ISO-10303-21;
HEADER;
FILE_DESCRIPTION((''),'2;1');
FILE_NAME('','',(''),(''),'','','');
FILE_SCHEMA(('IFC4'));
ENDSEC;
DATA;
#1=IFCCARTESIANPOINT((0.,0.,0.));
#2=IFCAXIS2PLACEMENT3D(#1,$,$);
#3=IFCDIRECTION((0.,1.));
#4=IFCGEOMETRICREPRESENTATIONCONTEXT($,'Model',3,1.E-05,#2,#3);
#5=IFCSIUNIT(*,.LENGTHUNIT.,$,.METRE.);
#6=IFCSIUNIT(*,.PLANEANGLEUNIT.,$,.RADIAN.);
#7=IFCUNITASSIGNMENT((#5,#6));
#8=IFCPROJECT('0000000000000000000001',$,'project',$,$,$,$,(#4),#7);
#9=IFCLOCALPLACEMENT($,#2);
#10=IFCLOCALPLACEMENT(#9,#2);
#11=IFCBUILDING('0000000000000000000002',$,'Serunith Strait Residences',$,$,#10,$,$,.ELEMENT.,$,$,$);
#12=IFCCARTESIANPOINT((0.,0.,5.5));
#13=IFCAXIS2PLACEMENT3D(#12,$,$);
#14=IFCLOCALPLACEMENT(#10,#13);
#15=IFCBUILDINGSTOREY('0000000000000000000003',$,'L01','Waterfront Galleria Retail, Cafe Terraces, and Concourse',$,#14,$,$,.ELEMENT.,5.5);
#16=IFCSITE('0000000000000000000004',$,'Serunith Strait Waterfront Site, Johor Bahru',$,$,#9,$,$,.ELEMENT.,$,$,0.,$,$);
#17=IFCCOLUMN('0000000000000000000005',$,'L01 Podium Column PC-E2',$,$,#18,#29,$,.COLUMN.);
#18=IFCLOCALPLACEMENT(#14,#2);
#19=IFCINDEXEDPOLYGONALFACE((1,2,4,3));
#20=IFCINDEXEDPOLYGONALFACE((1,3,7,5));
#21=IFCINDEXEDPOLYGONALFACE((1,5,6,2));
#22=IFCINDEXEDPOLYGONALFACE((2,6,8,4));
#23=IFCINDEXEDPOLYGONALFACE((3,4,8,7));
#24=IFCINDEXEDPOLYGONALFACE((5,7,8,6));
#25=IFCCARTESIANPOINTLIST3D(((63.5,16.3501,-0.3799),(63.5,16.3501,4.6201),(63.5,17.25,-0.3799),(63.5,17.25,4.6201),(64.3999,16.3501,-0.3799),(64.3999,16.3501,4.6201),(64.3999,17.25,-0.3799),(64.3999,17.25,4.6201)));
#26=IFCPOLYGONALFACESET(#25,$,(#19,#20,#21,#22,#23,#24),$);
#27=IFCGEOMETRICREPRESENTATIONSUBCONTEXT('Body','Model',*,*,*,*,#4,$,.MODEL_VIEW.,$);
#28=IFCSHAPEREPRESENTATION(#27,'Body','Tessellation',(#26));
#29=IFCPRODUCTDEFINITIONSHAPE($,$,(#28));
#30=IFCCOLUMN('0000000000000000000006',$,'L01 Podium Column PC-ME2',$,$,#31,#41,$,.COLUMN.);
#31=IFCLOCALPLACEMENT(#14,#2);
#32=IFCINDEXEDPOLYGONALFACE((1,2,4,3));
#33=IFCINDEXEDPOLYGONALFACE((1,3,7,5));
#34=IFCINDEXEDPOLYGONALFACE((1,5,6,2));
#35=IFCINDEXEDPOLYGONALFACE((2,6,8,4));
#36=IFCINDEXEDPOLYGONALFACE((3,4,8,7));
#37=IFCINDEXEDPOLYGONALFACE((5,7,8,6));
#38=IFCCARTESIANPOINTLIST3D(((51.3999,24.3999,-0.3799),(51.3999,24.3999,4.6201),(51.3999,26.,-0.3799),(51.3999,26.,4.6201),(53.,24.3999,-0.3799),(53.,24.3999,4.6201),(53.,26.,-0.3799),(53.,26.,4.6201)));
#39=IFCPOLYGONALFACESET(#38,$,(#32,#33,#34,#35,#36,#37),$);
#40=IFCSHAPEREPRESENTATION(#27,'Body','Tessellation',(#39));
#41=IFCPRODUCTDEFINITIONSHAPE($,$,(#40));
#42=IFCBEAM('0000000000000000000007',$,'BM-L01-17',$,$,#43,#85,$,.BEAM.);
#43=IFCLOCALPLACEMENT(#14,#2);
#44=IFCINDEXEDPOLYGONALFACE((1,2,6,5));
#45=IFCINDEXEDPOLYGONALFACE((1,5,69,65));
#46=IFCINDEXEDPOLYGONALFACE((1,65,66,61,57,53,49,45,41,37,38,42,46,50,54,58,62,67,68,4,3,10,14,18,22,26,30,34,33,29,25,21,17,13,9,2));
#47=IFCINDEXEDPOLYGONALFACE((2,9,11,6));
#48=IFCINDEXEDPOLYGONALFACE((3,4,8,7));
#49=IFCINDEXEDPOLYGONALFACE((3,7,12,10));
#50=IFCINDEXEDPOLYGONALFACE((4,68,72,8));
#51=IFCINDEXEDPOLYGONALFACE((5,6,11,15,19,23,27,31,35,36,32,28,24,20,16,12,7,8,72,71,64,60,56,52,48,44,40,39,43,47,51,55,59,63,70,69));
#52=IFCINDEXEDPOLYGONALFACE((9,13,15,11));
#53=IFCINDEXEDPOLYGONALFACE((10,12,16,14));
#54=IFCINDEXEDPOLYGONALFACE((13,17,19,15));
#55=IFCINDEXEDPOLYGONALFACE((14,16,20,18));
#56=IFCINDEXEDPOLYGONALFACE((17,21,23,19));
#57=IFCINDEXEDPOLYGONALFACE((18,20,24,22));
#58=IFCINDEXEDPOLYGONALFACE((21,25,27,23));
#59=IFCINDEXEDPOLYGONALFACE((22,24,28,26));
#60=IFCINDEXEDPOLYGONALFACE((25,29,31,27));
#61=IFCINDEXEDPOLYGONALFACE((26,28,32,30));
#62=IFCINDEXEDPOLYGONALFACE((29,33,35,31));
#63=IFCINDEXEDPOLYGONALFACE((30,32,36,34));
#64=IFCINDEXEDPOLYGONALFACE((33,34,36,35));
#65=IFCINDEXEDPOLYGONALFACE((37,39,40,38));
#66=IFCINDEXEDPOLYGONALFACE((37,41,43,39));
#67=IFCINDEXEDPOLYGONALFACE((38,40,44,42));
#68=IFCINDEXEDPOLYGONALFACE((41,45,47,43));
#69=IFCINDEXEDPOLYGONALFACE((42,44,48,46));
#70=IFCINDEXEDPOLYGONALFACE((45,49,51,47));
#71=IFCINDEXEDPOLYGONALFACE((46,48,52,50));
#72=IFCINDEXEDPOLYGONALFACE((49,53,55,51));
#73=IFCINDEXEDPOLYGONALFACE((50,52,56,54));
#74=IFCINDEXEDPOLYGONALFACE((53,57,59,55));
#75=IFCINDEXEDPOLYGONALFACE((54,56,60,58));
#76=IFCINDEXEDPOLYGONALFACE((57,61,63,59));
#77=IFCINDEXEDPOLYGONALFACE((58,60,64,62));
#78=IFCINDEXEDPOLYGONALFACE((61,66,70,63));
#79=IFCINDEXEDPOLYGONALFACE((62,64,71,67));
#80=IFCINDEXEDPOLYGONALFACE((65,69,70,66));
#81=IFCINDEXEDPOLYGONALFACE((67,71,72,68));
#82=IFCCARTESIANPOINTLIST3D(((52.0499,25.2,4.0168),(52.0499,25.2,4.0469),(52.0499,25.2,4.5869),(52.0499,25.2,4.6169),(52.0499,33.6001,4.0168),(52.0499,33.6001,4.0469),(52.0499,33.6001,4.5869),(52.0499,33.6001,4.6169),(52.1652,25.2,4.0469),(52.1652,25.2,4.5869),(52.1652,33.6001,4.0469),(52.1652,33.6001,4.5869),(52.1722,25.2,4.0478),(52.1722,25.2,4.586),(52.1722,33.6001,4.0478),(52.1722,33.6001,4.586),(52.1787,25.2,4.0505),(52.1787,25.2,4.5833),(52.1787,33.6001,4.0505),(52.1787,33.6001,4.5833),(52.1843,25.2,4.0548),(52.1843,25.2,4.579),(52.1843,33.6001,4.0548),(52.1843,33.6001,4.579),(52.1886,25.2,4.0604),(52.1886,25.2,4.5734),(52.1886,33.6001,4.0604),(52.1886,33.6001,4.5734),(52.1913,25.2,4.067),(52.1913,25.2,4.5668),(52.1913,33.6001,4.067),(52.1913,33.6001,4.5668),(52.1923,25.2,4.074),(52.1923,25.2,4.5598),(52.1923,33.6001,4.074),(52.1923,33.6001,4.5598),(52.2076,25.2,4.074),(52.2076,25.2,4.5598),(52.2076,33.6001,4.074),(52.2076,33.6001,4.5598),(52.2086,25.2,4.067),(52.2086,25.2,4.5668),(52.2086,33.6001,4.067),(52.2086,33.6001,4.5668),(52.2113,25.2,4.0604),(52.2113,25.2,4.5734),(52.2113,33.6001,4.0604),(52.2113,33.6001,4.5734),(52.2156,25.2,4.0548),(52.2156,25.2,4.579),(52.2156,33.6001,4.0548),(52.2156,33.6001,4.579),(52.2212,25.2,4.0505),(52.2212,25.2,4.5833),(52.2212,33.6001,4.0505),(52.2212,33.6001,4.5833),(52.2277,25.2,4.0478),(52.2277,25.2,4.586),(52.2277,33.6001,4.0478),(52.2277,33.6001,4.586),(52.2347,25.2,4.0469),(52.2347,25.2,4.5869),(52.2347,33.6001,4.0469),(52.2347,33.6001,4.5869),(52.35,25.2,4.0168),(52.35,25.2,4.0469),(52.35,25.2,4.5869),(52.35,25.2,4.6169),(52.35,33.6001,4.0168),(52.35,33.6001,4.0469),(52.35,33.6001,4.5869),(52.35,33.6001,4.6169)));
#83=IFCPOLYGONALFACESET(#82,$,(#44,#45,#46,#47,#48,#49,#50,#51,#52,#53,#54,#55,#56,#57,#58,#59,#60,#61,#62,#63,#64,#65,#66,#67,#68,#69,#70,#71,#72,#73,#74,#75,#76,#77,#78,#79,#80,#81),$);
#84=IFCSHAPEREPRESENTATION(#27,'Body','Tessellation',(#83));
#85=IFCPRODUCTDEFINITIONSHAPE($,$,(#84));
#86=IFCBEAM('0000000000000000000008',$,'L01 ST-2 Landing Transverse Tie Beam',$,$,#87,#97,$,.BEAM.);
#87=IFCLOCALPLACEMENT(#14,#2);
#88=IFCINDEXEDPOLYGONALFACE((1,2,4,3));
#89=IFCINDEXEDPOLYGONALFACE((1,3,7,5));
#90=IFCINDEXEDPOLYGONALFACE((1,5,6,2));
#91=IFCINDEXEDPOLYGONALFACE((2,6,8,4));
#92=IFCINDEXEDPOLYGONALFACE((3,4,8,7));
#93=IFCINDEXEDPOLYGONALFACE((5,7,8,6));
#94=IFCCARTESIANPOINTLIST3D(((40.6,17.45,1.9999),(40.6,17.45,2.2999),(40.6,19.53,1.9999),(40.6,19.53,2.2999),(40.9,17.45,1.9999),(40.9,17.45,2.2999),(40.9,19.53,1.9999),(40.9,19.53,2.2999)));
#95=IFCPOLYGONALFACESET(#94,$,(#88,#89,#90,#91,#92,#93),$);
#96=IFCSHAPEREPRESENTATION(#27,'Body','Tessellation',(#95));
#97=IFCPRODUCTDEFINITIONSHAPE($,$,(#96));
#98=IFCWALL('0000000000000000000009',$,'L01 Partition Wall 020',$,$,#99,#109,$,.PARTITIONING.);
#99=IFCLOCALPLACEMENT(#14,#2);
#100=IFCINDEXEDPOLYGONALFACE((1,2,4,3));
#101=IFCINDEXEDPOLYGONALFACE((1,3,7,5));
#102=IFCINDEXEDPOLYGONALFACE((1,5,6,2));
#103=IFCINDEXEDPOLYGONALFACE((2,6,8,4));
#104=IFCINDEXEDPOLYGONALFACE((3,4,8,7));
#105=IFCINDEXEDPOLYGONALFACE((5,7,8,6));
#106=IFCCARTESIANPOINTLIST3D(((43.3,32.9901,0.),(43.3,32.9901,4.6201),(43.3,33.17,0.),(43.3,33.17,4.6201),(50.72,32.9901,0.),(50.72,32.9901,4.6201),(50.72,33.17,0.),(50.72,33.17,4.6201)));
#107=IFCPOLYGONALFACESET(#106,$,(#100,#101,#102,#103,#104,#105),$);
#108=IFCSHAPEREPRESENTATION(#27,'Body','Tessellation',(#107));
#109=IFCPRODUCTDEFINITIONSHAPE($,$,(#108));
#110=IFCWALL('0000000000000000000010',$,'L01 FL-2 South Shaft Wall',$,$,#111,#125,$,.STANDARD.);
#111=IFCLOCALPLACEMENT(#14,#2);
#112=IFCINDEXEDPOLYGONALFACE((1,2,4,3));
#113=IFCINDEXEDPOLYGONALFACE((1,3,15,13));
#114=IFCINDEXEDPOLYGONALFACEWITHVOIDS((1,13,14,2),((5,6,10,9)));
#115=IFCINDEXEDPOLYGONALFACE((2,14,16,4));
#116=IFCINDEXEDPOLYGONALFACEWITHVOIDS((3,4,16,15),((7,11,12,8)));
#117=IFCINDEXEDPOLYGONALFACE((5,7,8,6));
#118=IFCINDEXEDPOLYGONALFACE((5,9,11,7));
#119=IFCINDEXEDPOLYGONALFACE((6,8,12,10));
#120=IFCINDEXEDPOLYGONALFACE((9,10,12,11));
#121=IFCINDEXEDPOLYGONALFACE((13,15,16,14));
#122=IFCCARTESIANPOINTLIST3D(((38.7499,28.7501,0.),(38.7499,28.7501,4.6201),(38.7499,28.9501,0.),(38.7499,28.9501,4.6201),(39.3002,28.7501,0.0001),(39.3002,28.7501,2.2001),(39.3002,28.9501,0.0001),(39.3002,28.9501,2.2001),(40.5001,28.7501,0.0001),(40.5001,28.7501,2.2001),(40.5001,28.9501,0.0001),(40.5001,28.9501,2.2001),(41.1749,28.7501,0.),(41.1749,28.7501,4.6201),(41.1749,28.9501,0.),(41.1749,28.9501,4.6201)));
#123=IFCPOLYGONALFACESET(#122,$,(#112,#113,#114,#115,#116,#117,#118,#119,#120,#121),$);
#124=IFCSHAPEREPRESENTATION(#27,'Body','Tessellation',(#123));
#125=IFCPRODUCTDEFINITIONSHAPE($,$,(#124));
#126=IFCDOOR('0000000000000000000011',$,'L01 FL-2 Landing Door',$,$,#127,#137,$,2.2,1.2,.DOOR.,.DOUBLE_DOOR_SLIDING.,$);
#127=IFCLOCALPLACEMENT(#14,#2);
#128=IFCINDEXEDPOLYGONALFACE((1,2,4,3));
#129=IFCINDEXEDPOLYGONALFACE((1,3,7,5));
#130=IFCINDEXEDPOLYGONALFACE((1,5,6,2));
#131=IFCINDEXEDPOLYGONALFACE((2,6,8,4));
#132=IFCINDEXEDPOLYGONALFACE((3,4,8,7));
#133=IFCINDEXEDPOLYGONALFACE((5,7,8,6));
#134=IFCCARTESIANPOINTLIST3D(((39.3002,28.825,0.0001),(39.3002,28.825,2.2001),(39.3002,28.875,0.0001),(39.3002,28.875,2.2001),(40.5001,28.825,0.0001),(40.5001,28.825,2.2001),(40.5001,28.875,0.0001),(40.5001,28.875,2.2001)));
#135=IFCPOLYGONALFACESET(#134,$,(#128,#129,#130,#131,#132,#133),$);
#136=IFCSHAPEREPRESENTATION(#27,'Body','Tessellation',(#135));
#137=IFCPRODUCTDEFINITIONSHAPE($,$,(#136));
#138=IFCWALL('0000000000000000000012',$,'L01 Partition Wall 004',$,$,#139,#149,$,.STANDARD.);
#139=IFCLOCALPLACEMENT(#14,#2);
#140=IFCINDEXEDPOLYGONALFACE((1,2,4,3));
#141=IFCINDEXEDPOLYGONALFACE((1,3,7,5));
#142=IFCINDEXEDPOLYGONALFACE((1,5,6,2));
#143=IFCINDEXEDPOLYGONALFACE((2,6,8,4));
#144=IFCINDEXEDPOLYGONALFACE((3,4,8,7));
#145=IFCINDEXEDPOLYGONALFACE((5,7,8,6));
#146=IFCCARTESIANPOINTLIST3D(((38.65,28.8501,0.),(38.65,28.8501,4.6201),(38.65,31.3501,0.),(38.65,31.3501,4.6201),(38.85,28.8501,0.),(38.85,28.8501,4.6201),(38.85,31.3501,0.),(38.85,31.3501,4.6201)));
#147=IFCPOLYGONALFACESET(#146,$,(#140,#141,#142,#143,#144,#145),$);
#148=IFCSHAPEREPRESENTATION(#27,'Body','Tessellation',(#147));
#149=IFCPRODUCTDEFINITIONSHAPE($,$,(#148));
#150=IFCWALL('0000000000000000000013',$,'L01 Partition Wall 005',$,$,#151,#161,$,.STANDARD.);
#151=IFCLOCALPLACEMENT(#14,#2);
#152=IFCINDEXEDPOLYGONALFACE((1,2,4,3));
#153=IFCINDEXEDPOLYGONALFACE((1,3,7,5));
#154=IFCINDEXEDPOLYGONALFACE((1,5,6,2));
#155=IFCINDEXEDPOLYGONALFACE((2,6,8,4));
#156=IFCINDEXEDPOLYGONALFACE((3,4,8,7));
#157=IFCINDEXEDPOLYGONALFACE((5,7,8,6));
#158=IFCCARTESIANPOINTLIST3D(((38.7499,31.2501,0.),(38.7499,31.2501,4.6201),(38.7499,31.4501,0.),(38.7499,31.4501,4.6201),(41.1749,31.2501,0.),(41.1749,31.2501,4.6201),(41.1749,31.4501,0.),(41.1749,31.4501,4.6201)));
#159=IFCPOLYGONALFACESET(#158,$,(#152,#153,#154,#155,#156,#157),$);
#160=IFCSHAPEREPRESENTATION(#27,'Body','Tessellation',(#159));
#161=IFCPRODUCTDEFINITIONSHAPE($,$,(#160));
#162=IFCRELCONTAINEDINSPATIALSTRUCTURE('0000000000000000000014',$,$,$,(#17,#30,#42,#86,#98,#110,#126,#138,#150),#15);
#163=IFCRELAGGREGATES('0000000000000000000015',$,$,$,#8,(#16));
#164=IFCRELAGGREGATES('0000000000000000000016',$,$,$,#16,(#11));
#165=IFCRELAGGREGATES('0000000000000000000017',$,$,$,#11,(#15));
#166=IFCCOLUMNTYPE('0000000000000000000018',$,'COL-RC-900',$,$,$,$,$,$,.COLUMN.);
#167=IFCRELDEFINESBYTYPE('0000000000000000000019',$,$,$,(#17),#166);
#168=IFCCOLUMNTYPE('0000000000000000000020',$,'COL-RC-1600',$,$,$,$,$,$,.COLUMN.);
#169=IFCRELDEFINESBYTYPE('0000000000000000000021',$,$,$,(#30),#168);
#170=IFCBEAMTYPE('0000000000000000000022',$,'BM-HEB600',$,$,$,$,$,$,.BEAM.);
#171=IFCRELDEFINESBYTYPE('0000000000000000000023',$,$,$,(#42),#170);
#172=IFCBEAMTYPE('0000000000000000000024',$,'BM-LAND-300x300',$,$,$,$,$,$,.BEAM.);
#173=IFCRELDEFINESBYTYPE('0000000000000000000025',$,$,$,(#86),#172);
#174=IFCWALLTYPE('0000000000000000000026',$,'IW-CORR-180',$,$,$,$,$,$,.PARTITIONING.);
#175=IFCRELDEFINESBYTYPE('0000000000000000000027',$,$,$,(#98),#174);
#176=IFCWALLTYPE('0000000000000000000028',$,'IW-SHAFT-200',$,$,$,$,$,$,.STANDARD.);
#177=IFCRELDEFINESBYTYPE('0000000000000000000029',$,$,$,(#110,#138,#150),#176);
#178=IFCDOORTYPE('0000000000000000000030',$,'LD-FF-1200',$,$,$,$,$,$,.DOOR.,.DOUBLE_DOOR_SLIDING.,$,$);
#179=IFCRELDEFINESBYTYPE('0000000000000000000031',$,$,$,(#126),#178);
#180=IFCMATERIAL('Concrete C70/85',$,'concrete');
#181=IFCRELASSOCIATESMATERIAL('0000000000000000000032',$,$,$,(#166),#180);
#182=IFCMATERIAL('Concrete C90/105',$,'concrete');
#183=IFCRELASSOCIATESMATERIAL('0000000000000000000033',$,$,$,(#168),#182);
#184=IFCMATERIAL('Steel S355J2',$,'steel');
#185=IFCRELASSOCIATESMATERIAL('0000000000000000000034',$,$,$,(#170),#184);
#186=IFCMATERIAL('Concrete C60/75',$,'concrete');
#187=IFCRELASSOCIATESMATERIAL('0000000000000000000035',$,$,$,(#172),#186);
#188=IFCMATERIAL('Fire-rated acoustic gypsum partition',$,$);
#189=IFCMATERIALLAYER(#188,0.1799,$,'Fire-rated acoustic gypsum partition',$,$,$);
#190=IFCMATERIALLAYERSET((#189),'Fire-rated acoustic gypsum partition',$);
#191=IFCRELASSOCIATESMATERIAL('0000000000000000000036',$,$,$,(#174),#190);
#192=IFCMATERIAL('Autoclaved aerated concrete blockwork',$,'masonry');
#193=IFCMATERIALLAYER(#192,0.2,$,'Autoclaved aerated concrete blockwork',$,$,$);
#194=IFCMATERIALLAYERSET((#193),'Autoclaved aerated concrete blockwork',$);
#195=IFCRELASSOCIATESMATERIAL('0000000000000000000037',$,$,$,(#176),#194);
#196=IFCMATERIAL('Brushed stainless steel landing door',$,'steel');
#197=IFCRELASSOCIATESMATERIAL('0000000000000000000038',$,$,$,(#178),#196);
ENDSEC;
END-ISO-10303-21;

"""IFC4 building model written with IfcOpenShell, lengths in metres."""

from ifc_helpers import new_model, si_unit, direction, frame, frame_2d, origin, origin_2d, place, context, subcontext, project, spatial, rectangle, i_section, extrude, source, transform, mapped, material, layer, layer_set, material_profile, profile_set, type_object, element, fill, save


model = new_model("IFC4")

# Units and contexts
model_context = context("Model", 3, precision=1e-05, world=origin(), true_north=direction((0.0, 1.0)))
body_context = subcontext(model_context, "Body", "Model", "MODEL_VIEW")
ifc_project = project(units=[si_unit("LENGTHUNIT", "METRE"), si_unit("PLANEANGLEUNIT", "RADIAN")], contexts=[model_context])

# Site, building, storey
site_placement = place(None, origin())
site = spatial("IfcSite", under=ifc_project, at=site_placement, Name="Serunith Strait Waterfront Site, Johor Bahru", CompositionType="ELEMENT", RefElevation=0.0)
building_placement = place(site_placement, origin())
building = spatial("IfcBuilding", under=site, at=building_placement, Name="Serunith Strait Residences", CompositionType="ELEMENT")
storey_placement = place(building_placement, frame((0.0, 0.0, 5.5)))
storey = spatial("IfcBuildingStorey", under=building, at=storey_placement, Name="L01", Description="Waterfront Galleria Retail, Cafe Terraces, and Concourse", CompositionType="ELEMENT", Elevation=5.5)

# Columns
ifc_material_1 = material(Name="Concrete C70/85", Category="concrete")
ifc_material_profile_1 = material_profile(ifc_material_1, rectangle(XDim=0.8999, YDim=0.8999, at=origin_2d()), Name="RC 900x900")
ifc_profile_set_1 = profile_set([ifc_material_profile_1], Name="Concrete C70/85")
column_type_1 = type_object("IfcColumnType", Name="COL-RC-900", PredefinedType="COLUMN", material=ifc_profile_set_1)
shared_shape_1 = source(origin(), body_context, "Body", "SweptSolid", [
    extrude(rectangle(XDim=0.8999, YDim=0.8999, at=origin_2d()), origin(), (0.0, 0.0, 1.0), 5.0),
])
column_1_placement = place(storey_placement, frame((63.95, 16.8, -0.3799), z_axis=(0.0, 0.0, 1.0), x_axis=(1.0, 0.0, 0.0)))
element("IfcColumn", 1, at=column_1_placement, inside=storey, type_object=column_type_1, Name="L01 Podium Column PC-E2", PredefinedType="COLUMN", context=body_context, shape_type="MappedRepresentation", body=[
    mapped(shared_shape_1, transform((0.0, 0.0, 0.0), scale=1.0)),
])
ifc_material_2 = material(Name="Concrete C90/105", Category="concrete")
ifc_material_profile_2 = material_profile(ifc_material_2, rectangle(XDim=1.6001, YDim=1.6001, at=origin_2d()), Name="RC 1600x1600")
ifc_profile_set_2 = profile_set([ifc_material_profile_2], Name="Concrete C90/105")
column_type_2 = type_object("IfcColumnType", Name="COL-RC-1600", PredefinedType="COLUMN", material=ifc_profile_set_2)
shared_shape_2 = source(origin(), body_context, "Body", "SweptSolid", [
    extrude(rectangle(XDim=1.6001, YDim=1.6001, at=origin_2d()), origin(), (0.0, 0.0, 1.0), 5.0),
])
column_2_placement = place(storey_placement, frame((52.2, 25.2, -0.3799), z_axis=(0.0, 0.0, 1.0), x_axis=(1.0, 0.0, 0.0)))
element("IfcColumn", 2, at=column_2_placement, inside=storey, type_object=column_type_2, Name="L01 Podium Column PC-ME2", PredefinedType="COLUMN", context=body_context, shape_type="MappedRepresentation", body=[
    mapped(shared_shape_2, transform((0.0, 0.0, 0.0), scale=1.0)),
])

# Beams
ifc_material_3 = material(Name="Steel S355J2", Category="steel")
ifc_material_profile_3 = material_profile(ifc_material_3, i_section(OverallWidth=0.3, OverallDepth=0.6001, WebThickness=0.0154, FlangeThickness=0.03, FilletRadius=0.0271, at=origin_2d()), Name="HEB 600")
ifc_profile_set_3 = profile_set([ifc_material_profile_3], Name="Steel S355J2")
beam_type_1 = type_object("IfcBeamType", Name="BM-HEB600", PredefinedType="BEAM", material=ifc_profile_set_3)
shared_shape_3 = source(origin(), body_context, "Body", "SweptSolid", [
    extrude(i_section(OverallWidth=0.3, OverallDepth=0.6001, WebThickness=0.0154, FlangeThickness=0.03, FilletRadius=0.0271, at=origin_2d()), origin(), (0.0, 0.0, 1.0), 8.4001),
])
beam_1_placement = place(storey_placement, frame((52.2, 25.2, 4.3169), z_axis=(0.0, 1.0, 0.0), x_axis=(-1.0, 0.0, 0.0)))
element("IfcBeam", 3, at=beam_1_placement, inside=storey, type_object=beam_type_1, Name="BM-L01-17", PredefinedType="BEAM", context=body_context, shape_type="MappedRepresentation", body=[
    mapped(shared_shape_3, transform((0.0, 0.0, 0.0), scale=1.0)),
])
ifc_material_4 = material(Name="Concrete C60/75", Category="concrete")
ifc_material_profile_4 = material_profile(ifc_material_4, rectangle(XDim=0.3, YDim=0.3, at=origin_2d()), Name="RC 300x300")
ifc_profile_set_4 = profile_set([ifc_material_profile_4], Name="Concrete C60/75")
beam_type_2 = type_object("IfcBeamType", Name="BM-LAND-300x300", PredefinedType="BEAM", material=ifc_profile_set_4)
shared_shape_4 = source(origin(), body_context, "Body", "SweptSolid", [
    extrude(rectangle(XDim=0.3, YDim=0.3, at=origin_2d()), origin(), (0.0, 0.0, 1.0), 2.0801),
])
beam_2_placement = place(storey_placement, frame((40.75, 17.45, 2.1499), z_axis=(0.0, 1.0, 0.0), x_axis=(-1.0, 0.0, 0.0)))
element("IfcBeam", 4, at=beam_2_placement, inside=storey, type_object=beam_type_2, Name="L01 ST-2 Landing Transverse Tie Beam", PredefinedType="BEAM", context=body_context, shape_type="MappedRepresentation", body=[
    mapped(shared_shape_4, transform((0.0, 0.0, 0.0), scale=1.0)),
])

# Wall
ifc_material_5 = material(Name="Fire-rated acoustic gypsum partition")
ifc_layer_1 = layer(ifc_material_5, 0.1799, Name="Fire-rated acoustic gypsum partition")
ifc_layer_set_1 = layer_set([ifc_layer_1], Name="Fire-rated acoustic gypsum partition")
wall_type_1 = type_object("IfcWallType", Name="IW-CORR-180", PredefinedType="PARTITIONING", material=ifc_layer_set_1)
wall_1_placement = place(storey_placement, frame((43.3, 33.0801, 0.0), z_axis=(0.0, 0.0, 1.0), x_axis=(1.0, 0.0, 0.0)))
element("IfcWall", 5, at=wall_1_placement, inside=storey, type_object=wall_type_1, Name="L01 Partition Wall 020", PredefinedType="PARTITIONING", context=body_context, shape_type="SweptSolid", body=[
    extrude(rectangle(XDim=7.4199, YDim=0.1799, at=frame_2d((3.71, 0.0))), origin(), (0.0, 0.0, 1.0), 4.6201),
])

# Wall, opening, door
ifc_material_6 = material(Name="Autoclaved aerated concrete blockwork", Category="masonry")
ifc_layer_2 = layer(ifc_material_6, 0.2, Name="Autoclaved aerated concrete blockwork")
ifc_layer_set_2 = layer_set([ifc_layer_2], Name="Autoclaved aerated concrete blockwork")
wall_type_2 = type_object("IfcWallType", Name="IW-SHAFT-200", PredefinedType="STANDARD", material=ifc_layer_set_2)
wall_2_placement = place(storey_placement, frame((38.75, 28.8501, 0.0), z_axis=(0.0, 0.0, 1.0), x_axis=(1.0, 0.0, 0.0)))
wall_2 = element("IfcWall", 6, at=wall_2_placement, inside=storey, type_object=wall_type_2, Name="L01 FL-2 South Shaft Wall", PredefinedType="STANDARD", context=body_context, shape_type="SweptSolid", body=[
    extrude(rectangle(XDim=2.425, YDim=0.2, at=frame_2d((1.2124, 0.0))), origin(), (0.0, 0.0, 1.0), 4.6201),
])
opening_1_placement = place(wall_2_placement, frame((0.55, 0.0, 0.0)))
opening_1 = element("IfcOpeningElement", 7, at=opening_1_placement, cuts=wall_2, PredefinedType="OPENING", context=body_context, shape_type="SweptSolid", body=[
    extrude(rectangle(XDim=1.2, YDim=2.2, at=frame_2d((0.6001, 1.1001))), frame((0.0, 0.1099, 0.0), z_axis=(0.0, -1.0, 0.0), x_axis=(1.0, 0.0, 0.0)), (0.0, 0.0, 1.0), 0.22),
])
ifc_material_7 = material(Name="Brushed stainless steel landing door", Category="steel")
door_type_1 = type_object("IfcDoorType", Name="LD-FF-1200", OperationType="DOUBLE_DOOR_SLIDING", PredefinedType="DOOR", material=ifc_material_7)
shared_shape_5 = source(origin(), body_context, "Body", "SweptSolid", [
    extrude(rectangle(XDim=1.2, YDim=2.2, at=frame_2d((0.6001, 1.1001))), frame((0.0, 0.0249, 0.0), z_axis=(0.0, -1.0, 0.0), x_axis=(1.0, 0.0, 0.0)), (0.0, 0.0, 1.0), 0.05),
])
door_1_placement = place(opening_1_placement, origin())
door_1 = element("IfcDoor", 8, at=door_1_placement, inside=storey, type_object=door_type_1, Name="L01 FL-2 Landing Door", OperationType="DOUBLE_DOOR_SLIDING", OverallHeight=2.2, OverallWidth=1.2, PredefinedType="DOOR", context=body_context, shape_type="MappedRepresentation", body=[
    mapped(shared_shape_5, transform((0.0, 0.0, 0.0), scale=1.0)),
])
fill(opening_1, door_1)

# Walls
wall_3_placement = place(storey_placement, frame((38.75, 28.8501, 0.0), z_axis=(0.0, 0.0, 1.0), x_axis=(0.0, 1.0, 0.0)))
element("IfcWall", 9, at=wall_3_placement, inside=storey, type_object=wall_type_2, Name="L01 Partition Wall 004", PredefinedType="STANDARD", context=body_context, shape_type="SweptSolid", body=[
    extrude(rectangle(XDim=2.5, YDim=0.2, at=frame_2d((1.25, 0.0))), origin(), (0.0, 0.0, 1.0), 4.6201),
])
wall_4_placement = place(storey_placement, frame((38.75, 31.3501, 0.0), z_axis=(0.0, 0.0, 1.0), x_axis=(1.0, 0.0, 0.0)))
element("IfcWall", 10, at=wall_4_placement, inside=storey, type_object=wall_type_2, Name="L01 Partition Wall 005", PredefinedType="STANDARD", context=body_context, shape_type="SweptSolid", body=[
    extrude(rectangle(XDim=2.425, YDim=0.2, at=frame_2d((1.2124, 0.0))), origin(), (0.0, 0.0, 1.0), 4.6201),
])

save(model, "model.ifc")
